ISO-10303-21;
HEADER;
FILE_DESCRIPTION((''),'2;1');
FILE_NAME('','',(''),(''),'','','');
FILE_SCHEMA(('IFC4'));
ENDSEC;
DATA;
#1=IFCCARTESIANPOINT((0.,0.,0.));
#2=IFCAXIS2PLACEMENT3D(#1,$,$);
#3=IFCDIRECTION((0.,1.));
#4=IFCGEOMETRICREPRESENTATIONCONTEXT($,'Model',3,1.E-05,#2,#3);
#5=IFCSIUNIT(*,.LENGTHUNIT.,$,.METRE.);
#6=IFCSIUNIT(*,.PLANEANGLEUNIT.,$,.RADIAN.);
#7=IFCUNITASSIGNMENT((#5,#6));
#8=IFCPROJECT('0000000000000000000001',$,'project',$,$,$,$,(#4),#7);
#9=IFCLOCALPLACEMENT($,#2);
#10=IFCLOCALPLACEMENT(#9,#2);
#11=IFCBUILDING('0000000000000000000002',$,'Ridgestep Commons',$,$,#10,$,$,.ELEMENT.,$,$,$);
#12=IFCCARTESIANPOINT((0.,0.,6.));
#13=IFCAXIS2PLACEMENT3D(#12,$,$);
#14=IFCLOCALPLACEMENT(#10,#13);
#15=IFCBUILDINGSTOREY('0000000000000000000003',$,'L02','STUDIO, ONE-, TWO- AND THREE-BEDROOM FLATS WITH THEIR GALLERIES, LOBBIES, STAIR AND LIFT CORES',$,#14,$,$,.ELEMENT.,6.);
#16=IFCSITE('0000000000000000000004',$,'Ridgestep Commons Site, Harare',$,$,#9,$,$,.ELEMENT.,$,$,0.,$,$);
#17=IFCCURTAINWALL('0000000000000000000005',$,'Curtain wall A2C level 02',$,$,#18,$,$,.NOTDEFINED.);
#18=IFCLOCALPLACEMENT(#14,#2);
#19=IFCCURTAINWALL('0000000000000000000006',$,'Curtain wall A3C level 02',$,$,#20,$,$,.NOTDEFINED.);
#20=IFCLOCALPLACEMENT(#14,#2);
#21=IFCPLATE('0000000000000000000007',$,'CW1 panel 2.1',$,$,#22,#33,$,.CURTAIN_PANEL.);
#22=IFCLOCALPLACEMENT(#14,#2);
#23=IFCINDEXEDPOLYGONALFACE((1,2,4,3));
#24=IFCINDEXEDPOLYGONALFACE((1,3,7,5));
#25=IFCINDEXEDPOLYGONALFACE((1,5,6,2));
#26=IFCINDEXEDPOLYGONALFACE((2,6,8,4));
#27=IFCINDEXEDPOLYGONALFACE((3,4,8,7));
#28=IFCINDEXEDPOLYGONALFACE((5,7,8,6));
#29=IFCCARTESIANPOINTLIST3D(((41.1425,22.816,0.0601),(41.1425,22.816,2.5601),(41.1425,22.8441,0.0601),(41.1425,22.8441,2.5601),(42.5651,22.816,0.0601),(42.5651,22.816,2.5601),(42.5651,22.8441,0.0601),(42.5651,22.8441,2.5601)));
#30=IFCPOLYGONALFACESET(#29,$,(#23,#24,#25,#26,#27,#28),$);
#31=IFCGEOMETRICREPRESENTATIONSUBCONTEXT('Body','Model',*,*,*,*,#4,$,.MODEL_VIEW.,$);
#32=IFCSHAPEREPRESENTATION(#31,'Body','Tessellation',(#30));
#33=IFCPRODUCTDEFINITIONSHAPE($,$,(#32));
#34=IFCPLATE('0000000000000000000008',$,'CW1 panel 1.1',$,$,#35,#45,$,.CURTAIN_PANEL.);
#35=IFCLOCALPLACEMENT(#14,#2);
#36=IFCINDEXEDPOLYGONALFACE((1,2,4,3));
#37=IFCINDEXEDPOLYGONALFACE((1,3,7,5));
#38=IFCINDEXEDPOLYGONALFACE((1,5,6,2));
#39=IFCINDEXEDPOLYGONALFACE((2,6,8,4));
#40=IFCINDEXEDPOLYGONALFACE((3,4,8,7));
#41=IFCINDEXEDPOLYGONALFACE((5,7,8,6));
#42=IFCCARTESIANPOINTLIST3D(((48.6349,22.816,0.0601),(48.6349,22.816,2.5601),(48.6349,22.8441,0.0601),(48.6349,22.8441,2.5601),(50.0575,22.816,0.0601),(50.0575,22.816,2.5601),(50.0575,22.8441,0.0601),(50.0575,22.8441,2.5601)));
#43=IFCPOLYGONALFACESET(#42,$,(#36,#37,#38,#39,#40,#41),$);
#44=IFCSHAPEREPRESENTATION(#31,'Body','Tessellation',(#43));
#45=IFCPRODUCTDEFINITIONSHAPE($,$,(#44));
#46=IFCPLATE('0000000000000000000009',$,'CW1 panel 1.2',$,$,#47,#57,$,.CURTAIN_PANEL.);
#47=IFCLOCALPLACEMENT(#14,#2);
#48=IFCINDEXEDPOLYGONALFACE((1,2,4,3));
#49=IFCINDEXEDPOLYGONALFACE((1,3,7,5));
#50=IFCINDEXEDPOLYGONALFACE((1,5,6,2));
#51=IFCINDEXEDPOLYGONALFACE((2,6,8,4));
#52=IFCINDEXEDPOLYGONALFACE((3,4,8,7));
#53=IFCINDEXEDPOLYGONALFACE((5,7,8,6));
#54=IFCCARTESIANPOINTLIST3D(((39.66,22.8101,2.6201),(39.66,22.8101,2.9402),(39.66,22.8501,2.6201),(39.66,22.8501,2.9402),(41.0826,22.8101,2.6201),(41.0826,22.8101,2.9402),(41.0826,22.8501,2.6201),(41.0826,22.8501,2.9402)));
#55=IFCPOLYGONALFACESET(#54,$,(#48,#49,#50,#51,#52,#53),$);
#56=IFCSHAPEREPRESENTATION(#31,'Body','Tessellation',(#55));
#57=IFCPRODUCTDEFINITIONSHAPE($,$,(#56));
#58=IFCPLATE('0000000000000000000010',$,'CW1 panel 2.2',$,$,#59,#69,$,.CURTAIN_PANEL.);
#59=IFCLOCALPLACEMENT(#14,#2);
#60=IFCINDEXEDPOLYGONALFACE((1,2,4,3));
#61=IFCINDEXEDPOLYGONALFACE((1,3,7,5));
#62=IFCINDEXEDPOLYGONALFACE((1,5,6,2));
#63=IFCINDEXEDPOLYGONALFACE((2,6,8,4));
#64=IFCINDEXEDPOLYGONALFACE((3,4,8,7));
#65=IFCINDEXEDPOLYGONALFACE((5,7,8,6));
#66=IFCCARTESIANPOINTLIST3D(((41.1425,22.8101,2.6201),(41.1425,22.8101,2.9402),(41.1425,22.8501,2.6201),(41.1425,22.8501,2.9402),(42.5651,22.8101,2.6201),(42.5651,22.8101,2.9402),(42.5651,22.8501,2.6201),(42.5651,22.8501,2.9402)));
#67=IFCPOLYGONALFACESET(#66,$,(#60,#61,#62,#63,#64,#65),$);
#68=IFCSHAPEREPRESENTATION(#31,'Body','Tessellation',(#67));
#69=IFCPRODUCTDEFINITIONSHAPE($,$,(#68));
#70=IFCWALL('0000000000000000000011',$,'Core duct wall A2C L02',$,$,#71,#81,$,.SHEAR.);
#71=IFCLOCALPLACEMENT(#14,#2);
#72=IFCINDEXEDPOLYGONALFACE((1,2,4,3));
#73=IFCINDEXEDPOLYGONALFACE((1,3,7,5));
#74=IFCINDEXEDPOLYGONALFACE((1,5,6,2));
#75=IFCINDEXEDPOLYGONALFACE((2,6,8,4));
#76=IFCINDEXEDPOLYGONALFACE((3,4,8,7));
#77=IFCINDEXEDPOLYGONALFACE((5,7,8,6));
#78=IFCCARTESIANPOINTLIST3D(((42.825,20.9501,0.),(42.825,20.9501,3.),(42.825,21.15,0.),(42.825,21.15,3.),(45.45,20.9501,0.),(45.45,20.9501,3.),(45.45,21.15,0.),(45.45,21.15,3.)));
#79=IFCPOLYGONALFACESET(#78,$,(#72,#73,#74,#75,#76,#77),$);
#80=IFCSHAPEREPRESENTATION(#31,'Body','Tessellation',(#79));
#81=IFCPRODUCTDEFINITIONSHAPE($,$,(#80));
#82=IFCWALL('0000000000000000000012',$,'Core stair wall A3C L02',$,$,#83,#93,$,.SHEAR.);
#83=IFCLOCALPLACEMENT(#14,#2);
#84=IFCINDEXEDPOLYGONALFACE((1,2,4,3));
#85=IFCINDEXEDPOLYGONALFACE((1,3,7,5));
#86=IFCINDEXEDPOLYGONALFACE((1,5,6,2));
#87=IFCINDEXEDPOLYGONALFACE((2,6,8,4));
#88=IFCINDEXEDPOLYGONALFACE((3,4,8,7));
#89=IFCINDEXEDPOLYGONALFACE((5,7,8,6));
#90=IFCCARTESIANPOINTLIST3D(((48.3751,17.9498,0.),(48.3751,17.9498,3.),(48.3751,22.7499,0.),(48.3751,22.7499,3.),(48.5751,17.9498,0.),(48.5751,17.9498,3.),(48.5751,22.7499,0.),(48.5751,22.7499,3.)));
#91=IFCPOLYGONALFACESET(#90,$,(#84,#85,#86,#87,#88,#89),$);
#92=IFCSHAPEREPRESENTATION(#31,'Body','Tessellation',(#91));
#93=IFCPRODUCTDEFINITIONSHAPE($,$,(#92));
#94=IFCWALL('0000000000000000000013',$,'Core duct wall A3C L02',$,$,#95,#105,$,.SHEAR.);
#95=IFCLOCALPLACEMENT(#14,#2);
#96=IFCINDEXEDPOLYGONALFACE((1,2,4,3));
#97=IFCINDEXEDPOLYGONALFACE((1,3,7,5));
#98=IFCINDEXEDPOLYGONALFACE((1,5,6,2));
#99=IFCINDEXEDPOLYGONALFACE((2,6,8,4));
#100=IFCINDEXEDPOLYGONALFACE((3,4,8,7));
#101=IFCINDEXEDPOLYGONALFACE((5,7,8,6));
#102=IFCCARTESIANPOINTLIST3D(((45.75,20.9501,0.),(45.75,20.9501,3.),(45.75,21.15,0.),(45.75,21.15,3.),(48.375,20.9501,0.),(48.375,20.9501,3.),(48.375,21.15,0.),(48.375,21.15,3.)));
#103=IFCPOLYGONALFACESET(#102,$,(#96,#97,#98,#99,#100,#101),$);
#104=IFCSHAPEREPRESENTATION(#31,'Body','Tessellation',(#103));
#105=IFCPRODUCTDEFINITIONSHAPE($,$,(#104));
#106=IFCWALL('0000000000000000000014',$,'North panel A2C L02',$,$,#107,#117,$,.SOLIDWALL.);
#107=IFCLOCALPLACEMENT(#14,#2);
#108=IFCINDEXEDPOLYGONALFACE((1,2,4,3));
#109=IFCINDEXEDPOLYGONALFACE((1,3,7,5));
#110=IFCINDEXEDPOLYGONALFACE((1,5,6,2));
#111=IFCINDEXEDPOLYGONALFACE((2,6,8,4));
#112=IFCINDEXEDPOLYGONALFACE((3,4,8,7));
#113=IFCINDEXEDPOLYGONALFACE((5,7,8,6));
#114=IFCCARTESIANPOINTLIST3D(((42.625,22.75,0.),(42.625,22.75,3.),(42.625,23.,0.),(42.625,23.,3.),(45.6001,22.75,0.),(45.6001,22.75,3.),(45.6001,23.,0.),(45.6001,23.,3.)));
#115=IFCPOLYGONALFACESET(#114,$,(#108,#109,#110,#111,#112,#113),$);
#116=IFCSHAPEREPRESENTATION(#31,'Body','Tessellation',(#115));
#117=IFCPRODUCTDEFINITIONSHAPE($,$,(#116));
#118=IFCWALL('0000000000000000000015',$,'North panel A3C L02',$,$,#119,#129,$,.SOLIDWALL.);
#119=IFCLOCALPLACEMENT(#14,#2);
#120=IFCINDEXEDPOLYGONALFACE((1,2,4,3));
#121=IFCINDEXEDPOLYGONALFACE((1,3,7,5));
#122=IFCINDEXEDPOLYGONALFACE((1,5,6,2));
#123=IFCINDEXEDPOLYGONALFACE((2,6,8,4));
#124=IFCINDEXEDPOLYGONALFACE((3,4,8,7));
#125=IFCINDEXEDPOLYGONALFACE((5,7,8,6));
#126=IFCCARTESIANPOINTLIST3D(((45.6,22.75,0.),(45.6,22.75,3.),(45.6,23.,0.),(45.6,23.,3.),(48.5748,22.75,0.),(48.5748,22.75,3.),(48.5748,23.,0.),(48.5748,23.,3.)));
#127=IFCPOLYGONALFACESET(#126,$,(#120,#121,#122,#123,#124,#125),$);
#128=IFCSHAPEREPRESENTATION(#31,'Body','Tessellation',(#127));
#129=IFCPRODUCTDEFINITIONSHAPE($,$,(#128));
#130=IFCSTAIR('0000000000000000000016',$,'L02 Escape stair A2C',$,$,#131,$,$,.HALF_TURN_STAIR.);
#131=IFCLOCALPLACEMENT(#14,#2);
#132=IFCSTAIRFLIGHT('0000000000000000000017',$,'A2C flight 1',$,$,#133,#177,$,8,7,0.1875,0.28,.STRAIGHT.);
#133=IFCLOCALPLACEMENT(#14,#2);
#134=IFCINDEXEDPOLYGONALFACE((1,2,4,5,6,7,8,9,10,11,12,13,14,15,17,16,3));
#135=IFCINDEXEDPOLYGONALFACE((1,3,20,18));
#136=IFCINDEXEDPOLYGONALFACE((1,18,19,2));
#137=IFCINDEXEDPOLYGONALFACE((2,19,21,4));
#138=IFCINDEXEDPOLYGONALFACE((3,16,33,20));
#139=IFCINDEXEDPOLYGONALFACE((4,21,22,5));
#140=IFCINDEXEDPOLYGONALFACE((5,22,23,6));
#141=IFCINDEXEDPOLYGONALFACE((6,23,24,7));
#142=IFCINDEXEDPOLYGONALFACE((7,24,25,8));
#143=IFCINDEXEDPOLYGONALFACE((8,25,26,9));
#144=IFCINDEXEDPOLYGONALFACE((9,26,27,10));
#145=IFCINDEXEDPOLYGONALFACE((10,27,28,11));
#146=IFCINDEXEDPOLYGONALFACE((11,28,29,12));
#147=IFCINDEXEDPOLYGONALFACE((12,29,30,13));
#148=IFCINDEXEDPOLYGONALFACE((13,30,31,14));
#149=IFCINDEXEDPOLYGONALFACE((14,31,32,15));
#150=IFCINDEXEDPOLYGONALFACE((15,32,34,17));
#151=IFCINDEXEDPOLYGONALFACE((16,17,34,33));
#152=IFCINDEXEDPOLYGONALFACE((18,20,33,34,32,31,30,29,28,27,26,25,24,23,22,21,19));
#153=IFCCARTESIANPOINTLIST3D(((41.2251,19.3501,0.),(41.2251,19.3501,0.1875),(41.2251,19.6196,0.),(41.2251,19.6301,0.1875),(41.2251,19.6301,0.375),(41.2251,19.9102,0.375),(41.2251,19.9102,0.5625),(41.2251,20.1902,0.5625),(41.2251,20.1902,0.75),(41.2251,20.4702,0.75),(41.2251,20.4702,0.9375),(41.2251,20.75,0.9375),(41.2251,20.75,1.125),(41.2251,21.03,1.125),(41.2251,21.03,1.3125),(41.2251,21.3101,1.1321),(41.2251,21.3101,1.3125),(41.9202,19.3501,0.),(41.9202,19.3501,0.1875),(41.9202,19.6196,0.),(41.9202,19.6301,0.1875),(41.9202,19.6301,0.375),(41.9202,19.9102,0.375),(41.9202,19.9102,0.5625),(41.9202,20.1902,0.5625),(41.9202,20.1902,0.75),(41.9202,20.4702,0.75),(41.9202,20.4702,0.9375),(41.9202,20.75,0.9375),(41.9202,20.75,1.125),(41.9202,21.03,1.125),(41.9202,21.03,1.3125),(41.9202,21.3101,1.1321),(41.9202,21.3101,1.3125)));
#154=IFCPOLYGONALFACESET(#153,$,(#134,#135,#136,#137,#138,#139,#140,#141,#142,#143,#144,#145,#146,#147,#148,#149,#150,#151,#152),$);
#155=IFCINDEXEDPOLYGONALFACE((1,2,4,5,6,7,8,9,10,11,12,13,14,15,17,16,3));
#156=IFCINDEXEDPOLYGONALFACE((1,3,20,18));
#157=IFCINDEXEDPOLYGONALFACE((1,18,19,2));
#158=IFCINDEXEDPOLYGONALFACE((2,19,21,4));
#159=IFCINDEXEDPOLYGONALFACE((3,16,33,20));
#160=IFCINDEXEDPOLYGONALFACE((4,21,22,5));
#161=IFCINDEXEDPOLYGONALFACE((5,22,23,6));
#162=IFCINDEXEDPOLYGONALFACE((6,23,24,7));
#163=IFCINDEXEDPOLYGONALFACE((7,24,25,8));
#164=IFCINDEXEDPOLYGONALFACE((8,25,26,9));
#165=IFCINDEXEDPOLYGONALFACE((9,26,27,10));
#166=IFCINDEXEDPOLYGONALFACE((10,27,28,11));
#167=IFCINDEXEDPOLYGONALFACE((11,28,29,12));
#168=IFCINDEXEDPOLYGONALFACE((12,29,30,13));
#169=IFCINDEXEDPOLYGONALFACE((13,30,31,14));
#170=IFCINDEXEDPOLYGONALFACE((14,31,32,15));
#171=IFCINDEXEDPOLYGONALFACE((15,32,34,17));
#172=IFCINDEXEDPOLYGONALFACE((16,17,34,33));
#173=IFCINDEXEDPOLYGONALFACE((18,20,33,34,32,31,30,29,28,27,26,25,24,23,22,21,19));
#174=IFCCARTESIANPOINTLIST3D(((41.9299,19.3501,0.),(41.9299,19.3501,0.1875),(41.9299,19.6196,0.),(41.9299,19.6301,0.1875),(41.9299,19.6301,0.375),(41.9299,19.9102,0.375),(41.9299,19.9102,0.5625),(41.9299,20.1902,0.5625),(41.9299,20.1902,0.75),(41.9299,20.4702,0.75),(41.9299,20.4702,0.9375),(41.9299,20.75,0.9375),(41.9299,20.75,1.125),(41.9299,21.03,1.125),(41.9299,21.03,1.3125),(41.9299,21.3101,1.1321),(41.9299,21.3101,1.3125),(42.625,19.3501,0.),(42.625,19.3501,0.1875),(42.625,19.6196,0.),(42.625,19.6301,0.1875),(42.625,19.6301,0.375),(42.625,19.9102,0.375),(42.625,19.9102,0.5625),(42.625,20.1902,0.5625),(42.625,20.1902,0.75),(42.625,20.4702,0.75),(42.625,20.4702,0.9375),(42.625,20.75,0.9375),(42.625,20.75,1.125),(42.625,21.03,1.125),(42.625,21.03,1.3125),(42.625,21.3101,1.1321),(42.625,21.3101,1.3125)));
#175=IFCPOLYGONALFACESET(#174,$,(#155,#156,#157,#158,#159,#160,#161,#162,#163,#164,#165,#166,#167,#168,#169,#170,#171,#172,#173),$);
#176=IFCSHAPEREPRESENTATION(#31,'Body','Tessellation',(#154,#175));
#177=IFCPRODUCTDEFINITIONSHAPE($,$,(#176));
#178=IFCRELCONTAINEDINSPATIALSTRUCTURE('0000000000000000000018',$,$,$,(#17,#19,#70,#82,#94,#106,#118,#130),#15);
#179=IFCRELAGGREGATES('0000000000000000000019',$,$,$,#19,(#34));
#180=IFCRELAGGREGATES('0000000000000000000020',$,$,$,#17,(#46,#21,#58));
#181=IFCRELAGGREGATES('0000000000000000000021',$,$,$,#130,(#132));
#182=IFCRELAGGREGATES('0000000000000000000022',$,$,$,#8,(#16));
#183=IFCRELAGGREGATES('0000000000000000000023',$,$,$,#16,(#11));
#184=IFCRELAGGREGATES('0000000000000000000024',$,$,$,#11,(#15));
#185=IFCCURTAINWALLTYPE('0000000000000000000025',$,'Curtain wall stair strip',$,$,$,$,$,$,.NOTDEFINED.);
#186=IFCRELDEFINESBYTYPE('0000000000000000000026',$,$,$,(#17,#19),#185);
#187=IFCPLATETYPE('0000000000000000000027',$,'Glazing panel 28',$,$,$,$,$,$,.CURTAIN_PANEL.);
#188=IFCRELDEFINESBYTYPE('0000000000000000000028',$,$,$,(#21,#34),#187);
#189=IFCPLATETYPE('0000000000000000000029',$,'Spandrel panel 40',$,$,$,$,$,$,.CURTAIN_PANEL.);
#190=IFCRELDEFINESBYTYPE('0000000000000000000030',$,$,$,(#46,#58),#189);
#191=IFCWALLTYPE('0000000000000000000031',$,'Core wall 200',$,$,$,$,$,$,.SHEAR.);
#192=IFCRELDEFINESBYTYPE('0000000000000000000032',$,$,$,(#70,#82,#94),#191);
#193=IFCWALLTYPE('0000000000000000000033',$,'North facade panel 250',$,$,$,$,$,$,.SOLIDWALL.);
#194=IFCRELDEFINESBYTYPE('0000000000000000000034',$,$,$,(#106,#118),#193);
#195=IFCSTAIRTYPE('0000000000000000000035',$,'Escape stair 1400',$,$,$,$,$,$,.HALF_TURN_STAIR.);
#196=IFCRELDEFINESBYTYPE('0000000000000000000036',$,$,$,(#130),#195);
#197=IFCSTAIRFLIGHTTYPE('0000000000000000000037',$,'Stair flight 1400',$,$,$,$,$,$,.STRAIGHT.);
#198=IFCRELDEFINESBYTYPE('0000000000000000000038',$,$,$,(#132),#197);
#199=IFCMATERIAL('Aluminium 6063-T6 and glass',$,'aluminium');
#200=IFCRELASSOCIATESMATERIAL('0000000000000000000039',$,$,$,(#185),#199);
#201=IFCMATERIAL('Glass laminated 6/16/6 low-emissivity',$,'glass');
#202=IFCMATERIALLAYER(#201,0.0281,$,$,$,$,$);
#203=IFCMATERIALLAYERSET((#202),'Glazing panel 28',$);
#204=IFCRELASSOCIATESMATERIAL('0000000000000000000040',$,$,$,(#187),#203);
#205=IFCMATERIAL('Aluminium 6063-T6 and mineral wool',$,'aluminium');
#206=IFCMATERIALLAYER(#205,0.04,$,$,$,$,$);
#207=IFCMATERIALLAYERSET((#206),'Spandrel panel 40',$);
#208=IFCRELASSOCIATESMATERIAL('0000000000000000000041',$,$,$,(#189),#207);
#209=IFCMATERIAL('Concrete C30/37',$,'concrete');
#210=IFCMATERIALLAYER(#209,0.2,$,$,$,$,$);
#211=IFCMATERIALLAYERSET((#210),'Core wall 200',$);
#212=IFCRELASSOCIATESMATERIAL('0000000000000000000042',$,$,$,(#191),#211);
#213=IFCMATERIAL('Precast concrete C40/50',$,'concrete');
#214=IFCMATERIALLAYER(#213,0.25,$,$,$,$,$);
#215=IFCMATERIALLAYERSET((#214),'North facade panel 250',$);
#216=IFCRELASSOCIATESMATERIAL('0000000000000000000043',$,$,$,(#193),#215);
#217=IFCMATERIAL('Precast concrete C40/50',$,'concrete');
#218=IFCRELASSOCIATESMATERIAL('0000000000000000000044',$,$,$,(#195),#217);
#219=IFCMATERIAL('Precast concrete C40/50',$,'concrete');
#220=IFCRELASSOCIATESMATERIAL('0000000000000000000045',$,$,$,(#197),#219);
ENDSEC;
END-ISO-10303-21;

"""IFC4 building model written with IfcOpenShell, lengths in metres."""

from ifc_helpers import new_model, si_unit, direction, frame, frame_2d, origin, origin_2d, place, context, subcontext, project, spatial, polyline, rectangle, outline, extrude, material, layer, layer_set, type_object, element, aggregate, save


model = new_model("IFC4")

# Units and contexts
model_context = context("Model", 3, precision=1e-05, world=origin(), true_north=direction((0.0, 1.0)))
body_context = subcontext(model_context, "Body", "Model", "MODEL_VIEW")
ifc_project = project(units=[si_unit("LENGTHUNIT", "METRE"), si_unit("PLANEANGLEUNIT", "RADIAN")], contexts=[model_context])

# Site, building, storey
site_placement = place(None, origin())
site = spatial("IfcSite", under=ifc_project, at=site_placement, Name="Ridgestep Commons Site, Harare", CompositionType="ELEMENT", RefElevation=0.0)
building_placement = place(site_placement, origin())
building = spatial("IfcBuilding", under=site, at=building_placement, Name="Ridgestep Commons", CompositionType="ELEMENT")
storey_placement = place(building_placement, frame((0.0, 0.0, 6.0)))
storey = spatial("IfcBuildingStorey", under=building, at=storey_placement, Name="L02", Description="STUDIO, ONE-, TWO- AND THREE-BEDROOM FLATS WITH THEIR GALLERIES, LOBBIES, STAIR AND LIFT CORES", CompositionType="ELEMENT", Elevation=6.0)

# Curtain wall
ifc_material_1 = material(Name="Aluminium 6063-T6 and glass", Category="aluminium")
curtain_wall_type = type_object("IfcCurtainWallType", Name="Curtain wall stair strip", PredefinedType="NOTDEFINED", material=ifc_material_1)
curtain_wall_1_placement = place(storey_placement, origin())
curtain_wall_1 = element("IfcCurtainWall", 1, at=curtain_wall_1_placement, inside=storey, type_object=curtain_wall_type, Name="Curtain wall A2C level 02", PredefinedType="NOTDEFINED")

# Curtain wall
curtain_wall_2_placement = place(storey_placement, origin())
curtain_wall_2 = element("IfcCurtainWall", 2, at=curtain_wall_2_placement, inside=storey, type_object=curtain_wall_type, Name="Curtain wall A3C level 02", PredefinedType="NOTDEFINED")

# Plates
ifc_material_2 = material(Name="Glass laminated 6/16/6 low-emissivity", Category="glass")
ifc_layer_1 = layer(ifc_material_2, 0.0281)
ifc_layer_set_1 = layer_set([ifc_layer_1], Name="Glazing panel 28")
plate_type_1 = type_object("IfcPlateType", Name="Glazing panel 28", PredefinedType="CURTAIN_PANEL", material=ifc_layer_set_1)
plate_1_placement = place(storey_placement, frame((41.8538, 22.8301, 0.0601), z_axis=(0.0, 0.0, 1.0), x_axis=(1.0, 0.0, 0.0)))
plate_1 = element("IfcPlate", 3, at=plate_1_placement, type_object=plate_type_1, Name="CW1 panel 2.1", PredefinedType="CURTAIN_PANEL", context=body_context, shape_type="SweptSolid", body=[
    extrude(rectangle(XDim=1.4226, YDim=0.0281, at=origin_2d()), origin(), (0.0, 0.0, 1.0), 2.5),
])
plate_2_placement = place(storey_placement, frame((49.3462, 22.8301, 0.0601), z_axis=(0.0, 0.0, 1.0), x_axis=(1.0, 0.0, 0.0)))
plate_2 = element("IfcPlate", 4, at=plate_2_placement, type_object=plate_type_1, Name="CW1 panel 1.1", PredefinedType="CURTAIN_PANEL", context=body_context, shape_type="SweptSolid", body=[
    extrude(rectangle(XDim=1.4226, YDim=0.0281, at=origin_2d()), origin(), (0.0, 0.0, 1.0), 2.5),
])
aggregate(curtain_wall_2, [plate_2])
ifc_material_3 = material(Name="Aluminium 6063-T6 and mineral wool", Category="aluminium")
ifc_layer_2 = layer(ifc_material_3, 0.04)
ifc_layer_set_2 = layer_set([ifc_layer_2], Name="Spandrel panel 40")
plate_type_2 = type_object("IfcPlateType", Name="Spandrel panel 40", PredefinedType="CURTAIN_PANEL", material=ifc_layer_set_2)
plate_3_placement = place(storey_placement, frame((40.3713, 22.8301, 2.6201), z_axis=(0.0, 0.0, 1.0), x_axis=(1.0, 0.0, 0.0)))
plate_3 = element("IfcPlate", 5, at=plate_3_placement, type_object=plate_type_2, Name="CW1 panel 1.2", PredefinedType="CURTAIN_PANEL", context=body_context, shape_type="SweptSolid", body=[
    extrude(rectangle(XDim=1.4226, YDim=0.04, at=origin_2d()), origin(), (0.0, 0.0, 1.0), 0.3201),
])
plate_4_placement = place(storey_placement, frame((41.8538, 22.8301, 2.6201), z_axis=(0.0, 0.0, 1.0), x_axis=(1.0, 0.0, 0.0)))
plate_4 = element("IfcPlate", 6, at=plate_4_placement, type_object=plate_type_2, Name="CW1 panel 2.2", PredefinedType="CURTAIN_PANEL", context=body_context, shape_type="SweptSolid", body=[
    extrude(rectangle(XDim=1.4226, YDim=0.04, at=origin_2d()), origin(), (0.0, 0.0, 1.0), 0.3201),
])
aggregate(curtain_wall_1, [plate_3, plate_1, plate_4])

# Walls
ifc_material_4 = material(Name="Concrete C30/37", Category="concrete")
ifc_layer_3 = layer(ifc_material_4, 0.2)
ifc_layer_set_3 = layer_set([ifc_layer_3], Name="Core wall 200")
wall_type_1 = type_object("IfcWallType", Name="Core wall 200", PredefinedType="SHEAR", material=ifc_layer_set_3)
wall_1_placement = place(storey_placement, frame((42.825, 21.05, 0.0), z_axis=(0.0, 0.0, 1.0), x_axis=(1.0, 0.0, 0.0)))
element("IfcWall", 7, at=wall_1_placement, inside=storey, type_object=wall_type_1, Name="Core duct wall A2C L02", PredefinedType="SHEAR", context=body_context, shape_type="SweptSolid", body=[
    extrude(rectangle(XDim=2.625, YDim=0.2, at=frame_2d((1.3125, 0.0))), origin(), (0.0, 0.0, 1.0), 3.0),
])
wall_2_placement = place(storey_placement, frame((48.4751, 17.95, 0.0), z_axis=(0.0, 0.0, 1.0), x_axis=(0.0, 1.0, 0.0)))
element("IfcWall", 8, at=wall_2_placement, inside=storey, type_object=wall_type_1, Name="Core stair wall A3C L02", PredefinedType="SHEAR", context=body_context, shape_type="SweptSolid", body=[
    extrude(rectangle(XDim=4.8, YDim=0.2, at=frame_2d((2.3999, 0.0))), origin(), (0.0, 0.0, 1.0), 3.0),
])
wall_3_placement = place(storey_placement, frame((45.75, 21.05, 0.0), z_axis=(0.0, 0.0, 1.0), x_axis=(1.0, 0.0, 0.0)))
element("IfcWall", 9, at=wall_3_placement, inside=storey, type_object=wall_type_1, Name="Core duct wall A3C L02", PredefinedType="SHEAR", context=body_context, shape_type="SweptSolid", body=[
    extrude(rectangle(XDim=2.625, YDim=0.2, at=frame_2d((1.3125, 0.0))), origin(), (0.0, 0.0, 1.0), 3.0),
])
ifc_material_5 = material(Name="Precast concrete C40/50", Category="concrete")
ifc_layer_4 = layer(ifc_material_5, 0.25)
ifc_layer_set_4 = layer_set([ifc_layer_4], Name="North facade panel 250")
wall_type_2 = type_object("IfcWallType", Name="North facade panel 250", PredefinedType="SOLIDWALL", material=ifc_layer_set_4)
wall_4_placement = place(storey_placement, frame((42.625, 22.875, 0.0), z_axis=(0.0, 0.0, 1.0), x_axis=(1.0, 0.0, 0.0)))
element("IfcWall", 10, at=wall_4_placement, inside=storey, type_object=wall_type_2, Name="North panel A2C L02", PredefinedType="SOLIDWALL", context=body_context, shape_type="SweptSolid", body=[
    extrude(rectangle(XDim=2.9751, YDim=0.25, at=frame_2d((1.4875, 0.0))), origin(), (0.0, 0.0, 1.0), 3.0),
])
wall_5_placement = place(storey_placement, frame((45.6001, 22.875, 0.0), z_axis=(0.0, 0.0, 1.0), x_axis=(1.0, 0.0, 0.0)))
element("IfcWall", 11, at=wall_5_placement, inside=storey, type_object=wall_type_2, Name="North panel A3C L02", PredefinedType="SOLIDWALL", context=body_context, shape_type="SweptSolid", body=[
    extrude(rectangle(XDim=2.9749, YDim=0.25, at=frame_2d((1.4873, 0.0))), origin(), (0.0, 0.0, 1.0), 3.0),
])

# Stair, stair flight
ifc_material_6 = material(Name="Precast concrete C40/50", Category="concrete")
stair_type = type_object("IfcStairType", Name="Escape stair 1400", PredefinedType="HALF_TURN_STAIR", material=ifc_material_6)
stair_1_placement = place(storey_placement, origin())
stair_1 = element("IfcStair", 12, at=stair_1_placement, inside=storey, type_object=stair_type, Name="L02 Escape stair A2C", PredefinedType="HALF_TURN_STAIR")
ifc_material_7 = material(Name="Precast concrete C40/50", Category="concrete")
stair_flight_type = type_object("IfcStairFlightType", Name="Stair flight 1400", PredefinedType="STRAIGHT", material=ifc_material_7)
stair_flight_1_placement = place(storey_placement, frame((41.925, 19.3501, 0.0), z_axis=(0.0, 0.0, 1.0), x_axis=(0.0, 1.0, 0.0)))
stair_flight_1 = element("IfcStairFlight", 13, at=stair_flight_1_placement, type_object=stair_flight_type, Name="A2C flight 1", NumberOfRisers=8, NumberOfTreads=7, PredefinedType="STRAIGHT", RiserHeight=0.1875, TreadLength=0.28, context=body_context, shape_type="SweptSolid", body=[
    extrude(outline(polyline([(0.0, 0.0), (0.0, 0.1875), (0.28, 0.1875), (0.28, 0.375), (0.5601, 0.375), (0.5601, 0.5625), (0.8401, 0.5625), (0.8401, 0.75), (1.1201, 0.75), (1.1201, 0.9375), (1.3999, 0.9375), (1.3999, 1.125), (1.6799, 1.125), (1.6799, 1.3125), (1.96, 1.3125), (1.96, 1.5), (1.96, 1.1321), (0.2695, 0.0), (0.0, 0.0)])), frame((0.0, 0.7, 0.0), z_axis=(0.0, -1.0, 0.0), x_axis=(1.0, 0.0, 0.0)), (0.0, 0.0, 1.0), 0.6951),
    extrude(outline(polyline([(0.0, 0.0), (0.0, 0.1875), (0.28, 0.1875), (0.28, 0.375), (0.5601, 0.375), (0.5601, 0.5625), (0.8401, 0.5625), (0.8401, 0.75), (1.1201, 0.75), (1.1201, 0.9375), (1.3999, 0.9375), (1.3999, 1.125), (1.6799, 1.125), (1.6799, 1.3125), (1.96, 1.3125), (1.96, 1.5), (1.96, 1.1321), (0.2695, 0.0), (0.0, 0.0)])), frame((0.0, -0.0049, 0.0), z_axis=(0.0, -1.0, 0.0), x_axis=(1.0, 0.0, 0.0)), (0.0, 0.0, 1.0), 0.6951),
])
aggregate(stair_1, [stair_flight_1])

save(model, "model.ifc")
